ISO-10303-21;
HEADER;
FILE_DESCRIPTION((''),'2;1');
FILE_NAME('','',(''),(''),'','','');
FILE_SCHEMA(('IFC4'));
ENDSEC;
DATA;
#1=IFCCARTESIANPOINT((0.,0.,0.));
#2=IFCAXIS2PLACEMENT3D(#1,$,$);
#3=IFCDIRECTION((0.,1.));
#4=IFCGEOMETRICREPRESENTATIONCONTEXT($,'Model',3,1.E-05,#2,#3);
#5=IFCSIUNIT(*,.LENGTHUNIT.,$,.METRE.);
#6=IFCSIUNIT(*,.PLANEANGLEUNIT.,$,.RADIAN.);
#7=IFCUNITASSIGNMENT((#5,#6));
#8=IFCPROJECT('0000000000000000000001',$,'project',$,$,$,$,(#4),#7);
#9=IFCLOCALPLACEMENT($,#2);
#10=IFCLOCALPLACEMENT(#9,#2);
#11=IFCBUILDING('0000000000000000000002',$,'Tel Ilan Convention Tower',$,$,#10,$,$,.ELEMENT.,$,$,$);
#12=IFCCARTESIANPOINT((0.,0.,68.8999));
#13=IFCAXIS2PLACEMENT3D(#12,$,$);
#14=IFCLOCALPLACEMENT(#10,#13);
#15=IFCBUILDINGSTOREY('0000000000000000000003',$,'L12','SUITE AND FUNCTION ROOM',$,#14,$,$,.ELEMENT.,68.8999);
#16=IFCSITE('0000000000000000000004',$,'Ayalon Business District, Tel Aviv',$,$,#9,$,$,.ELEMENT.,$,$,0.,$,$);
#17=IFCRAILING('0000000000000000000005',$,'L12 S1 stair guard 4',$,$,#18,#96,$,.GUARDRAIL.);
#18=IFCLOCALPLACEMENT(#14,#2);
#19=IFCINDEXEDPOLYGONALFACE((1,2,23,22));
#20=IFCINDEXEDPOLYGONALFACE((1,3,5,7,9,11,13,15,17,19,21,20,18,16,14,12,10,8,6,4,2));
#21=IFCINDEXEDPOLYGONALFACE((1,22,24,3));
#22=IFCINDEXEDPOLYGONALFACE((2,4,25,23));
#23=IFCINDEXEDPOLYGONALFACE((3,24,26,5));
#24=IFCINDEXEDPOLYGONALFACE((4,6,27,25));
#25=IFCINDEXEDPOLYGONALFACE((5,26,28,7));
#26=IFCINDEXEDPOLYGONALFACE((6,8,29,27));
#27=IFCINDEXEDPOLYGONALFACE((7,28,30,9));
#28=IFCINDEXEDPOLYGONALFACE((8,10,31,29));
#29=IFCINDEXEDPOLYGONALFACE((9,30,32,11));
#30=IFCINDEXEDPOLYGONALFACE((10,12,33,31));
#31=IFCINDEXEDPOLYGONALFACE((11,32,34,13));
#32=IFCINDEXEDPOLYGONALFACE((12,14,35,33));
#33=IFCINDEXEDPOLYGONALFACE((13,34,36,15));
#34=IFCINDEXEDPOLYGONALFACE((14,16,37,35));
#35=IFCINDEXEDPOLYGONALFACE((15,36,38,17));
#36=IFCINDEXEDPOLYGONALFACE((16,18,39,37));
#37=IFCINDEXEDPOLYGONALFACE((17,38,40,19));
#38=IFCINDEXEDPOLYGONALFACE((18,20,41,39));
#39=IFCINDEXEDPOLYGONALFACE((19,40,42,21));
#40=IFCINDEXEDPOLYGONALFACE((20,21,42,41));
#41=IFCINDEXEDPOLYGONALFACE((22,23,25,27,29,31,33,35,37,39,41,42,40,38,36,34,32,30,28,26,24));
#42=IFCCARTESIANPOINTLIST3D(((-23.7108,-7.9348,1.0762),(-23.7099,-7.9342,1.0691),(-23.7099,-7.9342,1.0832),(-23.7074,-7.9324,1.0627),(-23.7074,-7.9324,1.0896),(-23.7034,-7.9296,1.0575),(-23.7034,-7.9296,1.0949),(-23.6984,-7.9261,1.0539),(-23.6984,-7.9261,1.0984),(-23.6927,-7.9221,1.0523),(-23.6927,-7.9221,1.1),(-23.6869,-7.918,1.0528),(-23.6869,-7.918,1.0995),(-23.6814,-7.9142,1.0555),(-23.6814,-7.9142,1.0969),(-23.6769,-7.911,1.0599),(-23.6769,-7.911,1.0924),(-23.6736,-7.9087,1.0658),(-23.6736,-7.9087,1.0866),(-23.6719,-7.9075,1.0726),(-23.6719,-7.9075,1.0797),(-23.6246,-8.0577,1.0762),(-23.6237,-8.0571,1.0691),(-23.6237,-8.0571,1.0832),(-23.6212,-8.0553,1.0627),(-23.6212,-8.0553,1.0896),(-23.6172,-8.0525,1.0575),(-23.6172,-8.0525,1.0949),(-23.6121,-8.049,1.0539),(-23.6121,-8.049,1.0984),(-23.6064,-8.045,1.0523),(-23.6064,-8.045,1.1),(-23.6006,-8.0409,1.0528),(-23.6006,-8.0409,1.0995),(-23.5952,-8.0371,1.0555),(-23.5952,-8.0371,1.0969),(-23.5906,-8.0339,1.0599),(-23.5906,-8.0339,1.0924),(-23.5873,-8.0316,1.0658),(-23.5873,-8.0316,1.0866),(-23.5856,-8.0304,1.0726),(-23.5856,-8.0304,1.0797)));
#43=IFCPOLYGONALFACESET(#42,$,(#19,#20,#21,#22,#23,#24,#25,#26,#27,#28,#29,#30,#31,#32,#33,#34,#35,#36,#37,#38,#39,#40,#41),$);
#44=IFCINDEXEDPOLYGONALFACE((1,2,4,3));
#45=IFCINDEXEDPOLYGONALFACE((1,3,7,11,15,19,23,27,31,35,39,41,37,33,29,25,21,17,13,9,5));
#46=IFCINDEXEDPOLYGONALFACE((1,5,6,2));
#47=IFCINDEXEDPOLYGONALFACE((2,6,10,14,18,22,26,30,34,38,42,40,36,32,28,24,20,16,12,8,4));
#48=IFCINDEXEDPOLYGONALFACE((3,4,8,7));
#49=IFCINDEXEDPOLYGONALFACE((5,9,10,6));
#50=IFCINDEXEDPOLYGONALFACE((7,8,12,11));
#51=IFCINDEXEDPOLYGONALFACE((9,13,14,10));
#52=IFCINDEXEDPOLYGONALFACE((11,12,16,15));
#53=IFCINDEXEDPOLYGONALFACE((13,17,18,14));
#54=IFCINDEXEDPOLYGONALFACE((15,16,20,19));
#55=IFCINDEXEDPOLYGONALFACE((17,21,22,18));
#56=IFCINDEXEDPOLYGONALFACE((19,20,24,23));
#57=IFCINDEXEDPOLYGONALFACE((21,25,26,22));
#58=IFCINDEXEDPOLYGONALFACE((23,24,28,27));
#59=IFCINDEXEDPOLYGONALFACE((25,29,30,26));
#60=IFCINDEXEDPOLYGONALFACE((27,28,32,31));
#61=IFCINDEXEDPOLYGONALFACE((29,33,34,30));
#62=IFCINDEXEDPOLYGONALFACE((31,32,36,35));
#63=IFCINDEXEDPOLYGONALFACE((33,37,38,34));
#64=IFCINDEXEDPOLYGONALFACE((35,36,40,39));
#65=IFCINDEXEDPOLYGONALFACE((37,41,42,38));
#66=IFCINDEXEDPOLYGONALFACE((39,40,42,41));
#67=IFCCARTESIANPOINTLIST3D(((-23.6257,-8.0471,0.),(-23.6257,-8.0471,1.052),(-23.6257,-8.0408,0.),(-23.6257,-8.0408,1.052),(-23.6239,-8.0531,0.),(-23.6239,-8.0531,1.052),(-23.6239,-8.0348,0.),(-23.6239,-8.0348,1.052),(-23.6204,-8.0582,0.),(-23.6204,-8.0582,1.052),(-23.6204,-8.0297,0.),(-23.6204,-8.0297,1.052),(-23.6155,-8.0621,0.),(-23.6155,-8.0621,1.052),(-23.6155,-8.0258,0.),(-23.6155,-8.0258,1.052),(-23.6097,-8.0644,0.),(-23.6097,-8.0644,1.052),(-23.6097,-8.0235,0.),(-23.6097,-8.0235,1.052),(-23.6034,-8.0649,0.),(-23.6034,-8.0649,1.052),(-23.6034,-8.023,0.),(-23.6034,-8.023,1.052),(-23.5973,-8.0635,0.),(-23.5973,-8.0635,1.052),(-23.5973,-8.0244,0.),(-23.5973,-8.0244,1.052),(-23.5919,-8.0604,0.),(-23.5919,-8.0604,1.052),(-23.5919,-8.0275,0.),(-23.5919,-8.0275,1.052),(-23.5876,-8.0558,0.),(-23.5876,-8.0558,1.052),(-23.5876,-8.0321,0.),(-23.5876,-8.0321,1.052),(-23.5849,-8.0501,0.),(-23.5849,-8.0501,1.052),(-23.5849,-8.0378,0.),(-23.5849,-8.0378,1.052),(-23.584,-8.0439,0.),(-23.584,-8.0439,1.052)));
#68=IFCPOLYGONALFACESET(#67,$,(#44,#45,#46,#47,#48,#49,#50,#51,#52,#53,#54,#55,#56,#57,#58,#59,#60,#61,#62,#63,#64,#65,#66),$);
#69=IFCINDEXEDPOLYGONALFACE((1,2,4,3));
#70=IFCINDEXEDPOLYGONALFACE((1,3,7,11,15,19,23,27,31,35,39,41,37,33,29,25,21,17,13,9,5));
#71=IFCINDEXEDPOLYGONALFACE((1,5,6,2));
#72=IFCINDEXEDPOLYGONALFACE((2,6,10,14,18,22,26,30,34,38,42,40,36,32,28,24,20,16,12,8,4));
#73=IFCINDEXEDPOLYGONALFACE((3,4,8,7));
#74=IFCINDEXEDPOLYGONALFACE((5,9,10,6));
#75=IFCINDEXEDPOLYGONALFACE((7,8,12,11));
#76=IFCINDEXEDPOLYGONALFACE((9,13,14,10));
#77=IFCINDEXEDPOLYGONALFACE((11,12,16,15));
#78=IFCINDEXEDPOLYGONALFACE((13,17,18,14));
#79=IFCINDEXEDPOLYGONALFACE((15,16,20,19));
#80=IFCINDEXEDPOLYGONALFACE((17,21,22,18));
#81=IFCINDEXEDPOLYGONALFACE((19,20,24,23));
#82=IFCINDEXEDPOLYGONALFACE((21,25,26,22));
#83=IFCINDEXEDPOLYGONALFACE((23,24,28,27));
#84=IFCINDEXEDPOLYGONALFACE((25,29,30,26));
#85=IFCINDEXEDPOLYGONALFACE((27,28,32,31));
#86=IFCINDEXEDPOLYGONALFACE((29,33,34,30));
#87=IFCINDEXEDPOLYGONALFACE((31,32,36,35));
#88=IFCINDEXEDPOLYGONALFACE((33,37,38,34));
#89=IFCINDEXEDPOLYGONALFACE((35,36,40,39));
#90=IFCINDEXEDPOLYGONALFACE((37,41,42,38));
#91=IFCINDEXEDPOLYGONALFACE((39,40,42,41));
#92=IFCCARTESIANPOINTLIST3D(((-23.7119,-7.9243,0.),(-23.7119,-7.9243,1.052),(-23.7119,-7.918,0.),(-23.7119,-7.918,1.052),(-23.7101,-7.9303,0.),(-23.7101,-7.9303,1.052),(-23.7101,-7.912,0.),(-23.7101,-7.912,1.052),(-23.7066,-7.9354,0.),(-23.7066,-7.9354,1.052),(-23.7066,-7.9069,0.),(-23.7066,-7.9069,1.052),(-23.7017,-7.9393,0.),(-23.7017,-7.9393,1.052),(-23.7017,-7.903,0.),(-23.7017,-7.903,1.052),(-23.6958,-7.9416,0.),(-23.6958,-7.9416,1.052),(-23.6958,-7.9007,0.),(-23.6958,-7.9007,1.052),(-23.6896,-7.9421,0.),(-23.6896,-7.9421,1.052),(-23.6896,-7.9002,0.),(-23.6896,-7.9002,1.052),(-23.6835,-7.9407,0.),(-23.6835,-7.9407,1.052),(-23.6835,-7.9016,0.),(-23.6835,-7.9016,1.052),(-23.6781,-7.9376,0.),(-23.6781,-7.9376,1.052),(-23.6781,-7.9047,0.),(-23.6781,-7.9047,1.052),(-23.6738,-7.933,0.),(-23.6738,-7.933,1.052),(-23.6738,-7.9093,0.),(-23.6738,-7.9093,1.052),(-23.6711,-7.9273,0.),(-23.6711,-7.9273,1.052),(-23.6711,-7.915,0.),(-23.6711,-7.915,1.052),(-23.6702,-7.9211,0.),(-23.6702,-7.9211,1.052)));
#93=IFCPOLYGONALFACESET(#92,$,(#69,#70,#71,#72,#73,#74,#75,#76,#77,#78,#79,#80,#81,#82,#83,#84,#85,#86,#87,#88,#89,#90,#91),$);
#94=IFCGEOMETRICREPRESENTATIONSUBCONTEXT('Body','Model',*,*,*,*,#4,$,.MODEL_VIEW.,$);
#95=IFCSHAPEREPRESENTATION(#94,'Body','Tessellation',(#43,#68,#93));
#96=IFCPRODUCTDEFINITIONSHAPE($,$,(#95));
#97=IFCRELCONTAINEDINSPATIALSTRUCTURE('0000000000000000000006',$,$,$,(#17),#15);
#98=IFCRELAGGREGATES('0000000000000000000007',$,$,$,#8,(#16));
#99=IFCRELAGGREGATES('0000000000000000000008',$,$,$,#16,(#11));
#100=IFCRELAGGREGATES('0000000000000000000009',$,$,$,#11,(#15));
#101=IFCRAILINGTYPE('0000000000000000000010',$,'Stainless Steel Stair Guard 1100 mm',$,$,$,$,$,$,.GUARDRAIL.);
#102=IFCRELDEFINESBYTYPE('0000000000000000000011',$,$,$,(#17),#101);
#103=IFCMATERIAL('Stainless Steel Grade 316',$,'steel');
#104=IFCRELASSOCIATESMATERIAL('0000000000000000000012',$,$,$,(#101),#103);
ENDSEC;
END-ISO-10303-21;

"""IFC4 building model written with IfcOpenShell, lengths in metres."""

from ifc_helpers import new_model, si_unit, direction, frame, origin, origin_2d, place, context, subcontext, project, spatial, circle, extrude, material, type_object, element, save


model = new_model("IFC4")

# Units and contexts
model_context = context("Model", 3, precision=1e-05, world=origin(), true_north=direction((0.0, 1.0)))
body_context = subcontext(model_context, "Body", "Model", "MODEL_VIEW")
ifc_project = project(units=[si_unit("LENGTHUNIT", "METRE"), si_unit("PLANEANGLEUNIT", "RADIAN")], contexts=[model_context])

# Site, building, storey
site_placement = place(None, origin())
site = spatial("IfcSite", under=ifc_project, at=site_placement, Name="Ayalon Business District, Tel Aviv", CompositionType="ELEMENT", RefElevation=0.0)
building_placement = place(site_placement, origin())
building = spatial("IfcBuilding", under=site, at=building_placement, Name="Tel Ilan Convention Tower", CompositionType="ELEMENT")
storey_placement = place(building_placement, frame((0.0, 0.0, 68.8999)))
storey = spatial("IfcBuildingStorey", under=building, at=storey_placement, Name="L12", Description="SUITE AND FUNCTION ROOM", CompositionType="ELEMENT", Elevation=68.8999)

# Railing
ifc_material_1 = material(Name="Stainless Steel Grade 316", Category="steel")
railing_type = type_object("IfcRailingType", Name="Stainless Steel Stair Guard 1100 mm", PredefinedType="GUARDRAIL", material=ifc_material_1)
railing_1_placement = place(storey_placement, frame((-23.605, -8.0439, 0.0)))
element("IfcRailing", 1, at=railing_1_placement, inside=storey, type_object=railing_type, Name="L12 S1 stair guard 4", PredefinedType="GUARDRAIL", context=body_context, shape_type="SweptSolid", body=[
    extrude(circle(Radius=0.0239, at=origin_2d()), frame((0.0, 0.0, 1.0762), z_axis=(-0.574445, 0.818543, 0.0), x_axis=(-0.818543, -0.574445, 0.0)), (0.0, 0.0, 1.0), 0.1501),
    extrude(circle(Radius=0.021, at=origin_2d()), origin(), (0.0, 0.0, 1.0), 1.052),
    extrude(circle(Radius=0.021, at=origin_2d()), frame((-0.0862, 0.1228, 0.0)), (0.0, 0.0, 1.0), 1.052),
])

save(model, "model.ifc")
